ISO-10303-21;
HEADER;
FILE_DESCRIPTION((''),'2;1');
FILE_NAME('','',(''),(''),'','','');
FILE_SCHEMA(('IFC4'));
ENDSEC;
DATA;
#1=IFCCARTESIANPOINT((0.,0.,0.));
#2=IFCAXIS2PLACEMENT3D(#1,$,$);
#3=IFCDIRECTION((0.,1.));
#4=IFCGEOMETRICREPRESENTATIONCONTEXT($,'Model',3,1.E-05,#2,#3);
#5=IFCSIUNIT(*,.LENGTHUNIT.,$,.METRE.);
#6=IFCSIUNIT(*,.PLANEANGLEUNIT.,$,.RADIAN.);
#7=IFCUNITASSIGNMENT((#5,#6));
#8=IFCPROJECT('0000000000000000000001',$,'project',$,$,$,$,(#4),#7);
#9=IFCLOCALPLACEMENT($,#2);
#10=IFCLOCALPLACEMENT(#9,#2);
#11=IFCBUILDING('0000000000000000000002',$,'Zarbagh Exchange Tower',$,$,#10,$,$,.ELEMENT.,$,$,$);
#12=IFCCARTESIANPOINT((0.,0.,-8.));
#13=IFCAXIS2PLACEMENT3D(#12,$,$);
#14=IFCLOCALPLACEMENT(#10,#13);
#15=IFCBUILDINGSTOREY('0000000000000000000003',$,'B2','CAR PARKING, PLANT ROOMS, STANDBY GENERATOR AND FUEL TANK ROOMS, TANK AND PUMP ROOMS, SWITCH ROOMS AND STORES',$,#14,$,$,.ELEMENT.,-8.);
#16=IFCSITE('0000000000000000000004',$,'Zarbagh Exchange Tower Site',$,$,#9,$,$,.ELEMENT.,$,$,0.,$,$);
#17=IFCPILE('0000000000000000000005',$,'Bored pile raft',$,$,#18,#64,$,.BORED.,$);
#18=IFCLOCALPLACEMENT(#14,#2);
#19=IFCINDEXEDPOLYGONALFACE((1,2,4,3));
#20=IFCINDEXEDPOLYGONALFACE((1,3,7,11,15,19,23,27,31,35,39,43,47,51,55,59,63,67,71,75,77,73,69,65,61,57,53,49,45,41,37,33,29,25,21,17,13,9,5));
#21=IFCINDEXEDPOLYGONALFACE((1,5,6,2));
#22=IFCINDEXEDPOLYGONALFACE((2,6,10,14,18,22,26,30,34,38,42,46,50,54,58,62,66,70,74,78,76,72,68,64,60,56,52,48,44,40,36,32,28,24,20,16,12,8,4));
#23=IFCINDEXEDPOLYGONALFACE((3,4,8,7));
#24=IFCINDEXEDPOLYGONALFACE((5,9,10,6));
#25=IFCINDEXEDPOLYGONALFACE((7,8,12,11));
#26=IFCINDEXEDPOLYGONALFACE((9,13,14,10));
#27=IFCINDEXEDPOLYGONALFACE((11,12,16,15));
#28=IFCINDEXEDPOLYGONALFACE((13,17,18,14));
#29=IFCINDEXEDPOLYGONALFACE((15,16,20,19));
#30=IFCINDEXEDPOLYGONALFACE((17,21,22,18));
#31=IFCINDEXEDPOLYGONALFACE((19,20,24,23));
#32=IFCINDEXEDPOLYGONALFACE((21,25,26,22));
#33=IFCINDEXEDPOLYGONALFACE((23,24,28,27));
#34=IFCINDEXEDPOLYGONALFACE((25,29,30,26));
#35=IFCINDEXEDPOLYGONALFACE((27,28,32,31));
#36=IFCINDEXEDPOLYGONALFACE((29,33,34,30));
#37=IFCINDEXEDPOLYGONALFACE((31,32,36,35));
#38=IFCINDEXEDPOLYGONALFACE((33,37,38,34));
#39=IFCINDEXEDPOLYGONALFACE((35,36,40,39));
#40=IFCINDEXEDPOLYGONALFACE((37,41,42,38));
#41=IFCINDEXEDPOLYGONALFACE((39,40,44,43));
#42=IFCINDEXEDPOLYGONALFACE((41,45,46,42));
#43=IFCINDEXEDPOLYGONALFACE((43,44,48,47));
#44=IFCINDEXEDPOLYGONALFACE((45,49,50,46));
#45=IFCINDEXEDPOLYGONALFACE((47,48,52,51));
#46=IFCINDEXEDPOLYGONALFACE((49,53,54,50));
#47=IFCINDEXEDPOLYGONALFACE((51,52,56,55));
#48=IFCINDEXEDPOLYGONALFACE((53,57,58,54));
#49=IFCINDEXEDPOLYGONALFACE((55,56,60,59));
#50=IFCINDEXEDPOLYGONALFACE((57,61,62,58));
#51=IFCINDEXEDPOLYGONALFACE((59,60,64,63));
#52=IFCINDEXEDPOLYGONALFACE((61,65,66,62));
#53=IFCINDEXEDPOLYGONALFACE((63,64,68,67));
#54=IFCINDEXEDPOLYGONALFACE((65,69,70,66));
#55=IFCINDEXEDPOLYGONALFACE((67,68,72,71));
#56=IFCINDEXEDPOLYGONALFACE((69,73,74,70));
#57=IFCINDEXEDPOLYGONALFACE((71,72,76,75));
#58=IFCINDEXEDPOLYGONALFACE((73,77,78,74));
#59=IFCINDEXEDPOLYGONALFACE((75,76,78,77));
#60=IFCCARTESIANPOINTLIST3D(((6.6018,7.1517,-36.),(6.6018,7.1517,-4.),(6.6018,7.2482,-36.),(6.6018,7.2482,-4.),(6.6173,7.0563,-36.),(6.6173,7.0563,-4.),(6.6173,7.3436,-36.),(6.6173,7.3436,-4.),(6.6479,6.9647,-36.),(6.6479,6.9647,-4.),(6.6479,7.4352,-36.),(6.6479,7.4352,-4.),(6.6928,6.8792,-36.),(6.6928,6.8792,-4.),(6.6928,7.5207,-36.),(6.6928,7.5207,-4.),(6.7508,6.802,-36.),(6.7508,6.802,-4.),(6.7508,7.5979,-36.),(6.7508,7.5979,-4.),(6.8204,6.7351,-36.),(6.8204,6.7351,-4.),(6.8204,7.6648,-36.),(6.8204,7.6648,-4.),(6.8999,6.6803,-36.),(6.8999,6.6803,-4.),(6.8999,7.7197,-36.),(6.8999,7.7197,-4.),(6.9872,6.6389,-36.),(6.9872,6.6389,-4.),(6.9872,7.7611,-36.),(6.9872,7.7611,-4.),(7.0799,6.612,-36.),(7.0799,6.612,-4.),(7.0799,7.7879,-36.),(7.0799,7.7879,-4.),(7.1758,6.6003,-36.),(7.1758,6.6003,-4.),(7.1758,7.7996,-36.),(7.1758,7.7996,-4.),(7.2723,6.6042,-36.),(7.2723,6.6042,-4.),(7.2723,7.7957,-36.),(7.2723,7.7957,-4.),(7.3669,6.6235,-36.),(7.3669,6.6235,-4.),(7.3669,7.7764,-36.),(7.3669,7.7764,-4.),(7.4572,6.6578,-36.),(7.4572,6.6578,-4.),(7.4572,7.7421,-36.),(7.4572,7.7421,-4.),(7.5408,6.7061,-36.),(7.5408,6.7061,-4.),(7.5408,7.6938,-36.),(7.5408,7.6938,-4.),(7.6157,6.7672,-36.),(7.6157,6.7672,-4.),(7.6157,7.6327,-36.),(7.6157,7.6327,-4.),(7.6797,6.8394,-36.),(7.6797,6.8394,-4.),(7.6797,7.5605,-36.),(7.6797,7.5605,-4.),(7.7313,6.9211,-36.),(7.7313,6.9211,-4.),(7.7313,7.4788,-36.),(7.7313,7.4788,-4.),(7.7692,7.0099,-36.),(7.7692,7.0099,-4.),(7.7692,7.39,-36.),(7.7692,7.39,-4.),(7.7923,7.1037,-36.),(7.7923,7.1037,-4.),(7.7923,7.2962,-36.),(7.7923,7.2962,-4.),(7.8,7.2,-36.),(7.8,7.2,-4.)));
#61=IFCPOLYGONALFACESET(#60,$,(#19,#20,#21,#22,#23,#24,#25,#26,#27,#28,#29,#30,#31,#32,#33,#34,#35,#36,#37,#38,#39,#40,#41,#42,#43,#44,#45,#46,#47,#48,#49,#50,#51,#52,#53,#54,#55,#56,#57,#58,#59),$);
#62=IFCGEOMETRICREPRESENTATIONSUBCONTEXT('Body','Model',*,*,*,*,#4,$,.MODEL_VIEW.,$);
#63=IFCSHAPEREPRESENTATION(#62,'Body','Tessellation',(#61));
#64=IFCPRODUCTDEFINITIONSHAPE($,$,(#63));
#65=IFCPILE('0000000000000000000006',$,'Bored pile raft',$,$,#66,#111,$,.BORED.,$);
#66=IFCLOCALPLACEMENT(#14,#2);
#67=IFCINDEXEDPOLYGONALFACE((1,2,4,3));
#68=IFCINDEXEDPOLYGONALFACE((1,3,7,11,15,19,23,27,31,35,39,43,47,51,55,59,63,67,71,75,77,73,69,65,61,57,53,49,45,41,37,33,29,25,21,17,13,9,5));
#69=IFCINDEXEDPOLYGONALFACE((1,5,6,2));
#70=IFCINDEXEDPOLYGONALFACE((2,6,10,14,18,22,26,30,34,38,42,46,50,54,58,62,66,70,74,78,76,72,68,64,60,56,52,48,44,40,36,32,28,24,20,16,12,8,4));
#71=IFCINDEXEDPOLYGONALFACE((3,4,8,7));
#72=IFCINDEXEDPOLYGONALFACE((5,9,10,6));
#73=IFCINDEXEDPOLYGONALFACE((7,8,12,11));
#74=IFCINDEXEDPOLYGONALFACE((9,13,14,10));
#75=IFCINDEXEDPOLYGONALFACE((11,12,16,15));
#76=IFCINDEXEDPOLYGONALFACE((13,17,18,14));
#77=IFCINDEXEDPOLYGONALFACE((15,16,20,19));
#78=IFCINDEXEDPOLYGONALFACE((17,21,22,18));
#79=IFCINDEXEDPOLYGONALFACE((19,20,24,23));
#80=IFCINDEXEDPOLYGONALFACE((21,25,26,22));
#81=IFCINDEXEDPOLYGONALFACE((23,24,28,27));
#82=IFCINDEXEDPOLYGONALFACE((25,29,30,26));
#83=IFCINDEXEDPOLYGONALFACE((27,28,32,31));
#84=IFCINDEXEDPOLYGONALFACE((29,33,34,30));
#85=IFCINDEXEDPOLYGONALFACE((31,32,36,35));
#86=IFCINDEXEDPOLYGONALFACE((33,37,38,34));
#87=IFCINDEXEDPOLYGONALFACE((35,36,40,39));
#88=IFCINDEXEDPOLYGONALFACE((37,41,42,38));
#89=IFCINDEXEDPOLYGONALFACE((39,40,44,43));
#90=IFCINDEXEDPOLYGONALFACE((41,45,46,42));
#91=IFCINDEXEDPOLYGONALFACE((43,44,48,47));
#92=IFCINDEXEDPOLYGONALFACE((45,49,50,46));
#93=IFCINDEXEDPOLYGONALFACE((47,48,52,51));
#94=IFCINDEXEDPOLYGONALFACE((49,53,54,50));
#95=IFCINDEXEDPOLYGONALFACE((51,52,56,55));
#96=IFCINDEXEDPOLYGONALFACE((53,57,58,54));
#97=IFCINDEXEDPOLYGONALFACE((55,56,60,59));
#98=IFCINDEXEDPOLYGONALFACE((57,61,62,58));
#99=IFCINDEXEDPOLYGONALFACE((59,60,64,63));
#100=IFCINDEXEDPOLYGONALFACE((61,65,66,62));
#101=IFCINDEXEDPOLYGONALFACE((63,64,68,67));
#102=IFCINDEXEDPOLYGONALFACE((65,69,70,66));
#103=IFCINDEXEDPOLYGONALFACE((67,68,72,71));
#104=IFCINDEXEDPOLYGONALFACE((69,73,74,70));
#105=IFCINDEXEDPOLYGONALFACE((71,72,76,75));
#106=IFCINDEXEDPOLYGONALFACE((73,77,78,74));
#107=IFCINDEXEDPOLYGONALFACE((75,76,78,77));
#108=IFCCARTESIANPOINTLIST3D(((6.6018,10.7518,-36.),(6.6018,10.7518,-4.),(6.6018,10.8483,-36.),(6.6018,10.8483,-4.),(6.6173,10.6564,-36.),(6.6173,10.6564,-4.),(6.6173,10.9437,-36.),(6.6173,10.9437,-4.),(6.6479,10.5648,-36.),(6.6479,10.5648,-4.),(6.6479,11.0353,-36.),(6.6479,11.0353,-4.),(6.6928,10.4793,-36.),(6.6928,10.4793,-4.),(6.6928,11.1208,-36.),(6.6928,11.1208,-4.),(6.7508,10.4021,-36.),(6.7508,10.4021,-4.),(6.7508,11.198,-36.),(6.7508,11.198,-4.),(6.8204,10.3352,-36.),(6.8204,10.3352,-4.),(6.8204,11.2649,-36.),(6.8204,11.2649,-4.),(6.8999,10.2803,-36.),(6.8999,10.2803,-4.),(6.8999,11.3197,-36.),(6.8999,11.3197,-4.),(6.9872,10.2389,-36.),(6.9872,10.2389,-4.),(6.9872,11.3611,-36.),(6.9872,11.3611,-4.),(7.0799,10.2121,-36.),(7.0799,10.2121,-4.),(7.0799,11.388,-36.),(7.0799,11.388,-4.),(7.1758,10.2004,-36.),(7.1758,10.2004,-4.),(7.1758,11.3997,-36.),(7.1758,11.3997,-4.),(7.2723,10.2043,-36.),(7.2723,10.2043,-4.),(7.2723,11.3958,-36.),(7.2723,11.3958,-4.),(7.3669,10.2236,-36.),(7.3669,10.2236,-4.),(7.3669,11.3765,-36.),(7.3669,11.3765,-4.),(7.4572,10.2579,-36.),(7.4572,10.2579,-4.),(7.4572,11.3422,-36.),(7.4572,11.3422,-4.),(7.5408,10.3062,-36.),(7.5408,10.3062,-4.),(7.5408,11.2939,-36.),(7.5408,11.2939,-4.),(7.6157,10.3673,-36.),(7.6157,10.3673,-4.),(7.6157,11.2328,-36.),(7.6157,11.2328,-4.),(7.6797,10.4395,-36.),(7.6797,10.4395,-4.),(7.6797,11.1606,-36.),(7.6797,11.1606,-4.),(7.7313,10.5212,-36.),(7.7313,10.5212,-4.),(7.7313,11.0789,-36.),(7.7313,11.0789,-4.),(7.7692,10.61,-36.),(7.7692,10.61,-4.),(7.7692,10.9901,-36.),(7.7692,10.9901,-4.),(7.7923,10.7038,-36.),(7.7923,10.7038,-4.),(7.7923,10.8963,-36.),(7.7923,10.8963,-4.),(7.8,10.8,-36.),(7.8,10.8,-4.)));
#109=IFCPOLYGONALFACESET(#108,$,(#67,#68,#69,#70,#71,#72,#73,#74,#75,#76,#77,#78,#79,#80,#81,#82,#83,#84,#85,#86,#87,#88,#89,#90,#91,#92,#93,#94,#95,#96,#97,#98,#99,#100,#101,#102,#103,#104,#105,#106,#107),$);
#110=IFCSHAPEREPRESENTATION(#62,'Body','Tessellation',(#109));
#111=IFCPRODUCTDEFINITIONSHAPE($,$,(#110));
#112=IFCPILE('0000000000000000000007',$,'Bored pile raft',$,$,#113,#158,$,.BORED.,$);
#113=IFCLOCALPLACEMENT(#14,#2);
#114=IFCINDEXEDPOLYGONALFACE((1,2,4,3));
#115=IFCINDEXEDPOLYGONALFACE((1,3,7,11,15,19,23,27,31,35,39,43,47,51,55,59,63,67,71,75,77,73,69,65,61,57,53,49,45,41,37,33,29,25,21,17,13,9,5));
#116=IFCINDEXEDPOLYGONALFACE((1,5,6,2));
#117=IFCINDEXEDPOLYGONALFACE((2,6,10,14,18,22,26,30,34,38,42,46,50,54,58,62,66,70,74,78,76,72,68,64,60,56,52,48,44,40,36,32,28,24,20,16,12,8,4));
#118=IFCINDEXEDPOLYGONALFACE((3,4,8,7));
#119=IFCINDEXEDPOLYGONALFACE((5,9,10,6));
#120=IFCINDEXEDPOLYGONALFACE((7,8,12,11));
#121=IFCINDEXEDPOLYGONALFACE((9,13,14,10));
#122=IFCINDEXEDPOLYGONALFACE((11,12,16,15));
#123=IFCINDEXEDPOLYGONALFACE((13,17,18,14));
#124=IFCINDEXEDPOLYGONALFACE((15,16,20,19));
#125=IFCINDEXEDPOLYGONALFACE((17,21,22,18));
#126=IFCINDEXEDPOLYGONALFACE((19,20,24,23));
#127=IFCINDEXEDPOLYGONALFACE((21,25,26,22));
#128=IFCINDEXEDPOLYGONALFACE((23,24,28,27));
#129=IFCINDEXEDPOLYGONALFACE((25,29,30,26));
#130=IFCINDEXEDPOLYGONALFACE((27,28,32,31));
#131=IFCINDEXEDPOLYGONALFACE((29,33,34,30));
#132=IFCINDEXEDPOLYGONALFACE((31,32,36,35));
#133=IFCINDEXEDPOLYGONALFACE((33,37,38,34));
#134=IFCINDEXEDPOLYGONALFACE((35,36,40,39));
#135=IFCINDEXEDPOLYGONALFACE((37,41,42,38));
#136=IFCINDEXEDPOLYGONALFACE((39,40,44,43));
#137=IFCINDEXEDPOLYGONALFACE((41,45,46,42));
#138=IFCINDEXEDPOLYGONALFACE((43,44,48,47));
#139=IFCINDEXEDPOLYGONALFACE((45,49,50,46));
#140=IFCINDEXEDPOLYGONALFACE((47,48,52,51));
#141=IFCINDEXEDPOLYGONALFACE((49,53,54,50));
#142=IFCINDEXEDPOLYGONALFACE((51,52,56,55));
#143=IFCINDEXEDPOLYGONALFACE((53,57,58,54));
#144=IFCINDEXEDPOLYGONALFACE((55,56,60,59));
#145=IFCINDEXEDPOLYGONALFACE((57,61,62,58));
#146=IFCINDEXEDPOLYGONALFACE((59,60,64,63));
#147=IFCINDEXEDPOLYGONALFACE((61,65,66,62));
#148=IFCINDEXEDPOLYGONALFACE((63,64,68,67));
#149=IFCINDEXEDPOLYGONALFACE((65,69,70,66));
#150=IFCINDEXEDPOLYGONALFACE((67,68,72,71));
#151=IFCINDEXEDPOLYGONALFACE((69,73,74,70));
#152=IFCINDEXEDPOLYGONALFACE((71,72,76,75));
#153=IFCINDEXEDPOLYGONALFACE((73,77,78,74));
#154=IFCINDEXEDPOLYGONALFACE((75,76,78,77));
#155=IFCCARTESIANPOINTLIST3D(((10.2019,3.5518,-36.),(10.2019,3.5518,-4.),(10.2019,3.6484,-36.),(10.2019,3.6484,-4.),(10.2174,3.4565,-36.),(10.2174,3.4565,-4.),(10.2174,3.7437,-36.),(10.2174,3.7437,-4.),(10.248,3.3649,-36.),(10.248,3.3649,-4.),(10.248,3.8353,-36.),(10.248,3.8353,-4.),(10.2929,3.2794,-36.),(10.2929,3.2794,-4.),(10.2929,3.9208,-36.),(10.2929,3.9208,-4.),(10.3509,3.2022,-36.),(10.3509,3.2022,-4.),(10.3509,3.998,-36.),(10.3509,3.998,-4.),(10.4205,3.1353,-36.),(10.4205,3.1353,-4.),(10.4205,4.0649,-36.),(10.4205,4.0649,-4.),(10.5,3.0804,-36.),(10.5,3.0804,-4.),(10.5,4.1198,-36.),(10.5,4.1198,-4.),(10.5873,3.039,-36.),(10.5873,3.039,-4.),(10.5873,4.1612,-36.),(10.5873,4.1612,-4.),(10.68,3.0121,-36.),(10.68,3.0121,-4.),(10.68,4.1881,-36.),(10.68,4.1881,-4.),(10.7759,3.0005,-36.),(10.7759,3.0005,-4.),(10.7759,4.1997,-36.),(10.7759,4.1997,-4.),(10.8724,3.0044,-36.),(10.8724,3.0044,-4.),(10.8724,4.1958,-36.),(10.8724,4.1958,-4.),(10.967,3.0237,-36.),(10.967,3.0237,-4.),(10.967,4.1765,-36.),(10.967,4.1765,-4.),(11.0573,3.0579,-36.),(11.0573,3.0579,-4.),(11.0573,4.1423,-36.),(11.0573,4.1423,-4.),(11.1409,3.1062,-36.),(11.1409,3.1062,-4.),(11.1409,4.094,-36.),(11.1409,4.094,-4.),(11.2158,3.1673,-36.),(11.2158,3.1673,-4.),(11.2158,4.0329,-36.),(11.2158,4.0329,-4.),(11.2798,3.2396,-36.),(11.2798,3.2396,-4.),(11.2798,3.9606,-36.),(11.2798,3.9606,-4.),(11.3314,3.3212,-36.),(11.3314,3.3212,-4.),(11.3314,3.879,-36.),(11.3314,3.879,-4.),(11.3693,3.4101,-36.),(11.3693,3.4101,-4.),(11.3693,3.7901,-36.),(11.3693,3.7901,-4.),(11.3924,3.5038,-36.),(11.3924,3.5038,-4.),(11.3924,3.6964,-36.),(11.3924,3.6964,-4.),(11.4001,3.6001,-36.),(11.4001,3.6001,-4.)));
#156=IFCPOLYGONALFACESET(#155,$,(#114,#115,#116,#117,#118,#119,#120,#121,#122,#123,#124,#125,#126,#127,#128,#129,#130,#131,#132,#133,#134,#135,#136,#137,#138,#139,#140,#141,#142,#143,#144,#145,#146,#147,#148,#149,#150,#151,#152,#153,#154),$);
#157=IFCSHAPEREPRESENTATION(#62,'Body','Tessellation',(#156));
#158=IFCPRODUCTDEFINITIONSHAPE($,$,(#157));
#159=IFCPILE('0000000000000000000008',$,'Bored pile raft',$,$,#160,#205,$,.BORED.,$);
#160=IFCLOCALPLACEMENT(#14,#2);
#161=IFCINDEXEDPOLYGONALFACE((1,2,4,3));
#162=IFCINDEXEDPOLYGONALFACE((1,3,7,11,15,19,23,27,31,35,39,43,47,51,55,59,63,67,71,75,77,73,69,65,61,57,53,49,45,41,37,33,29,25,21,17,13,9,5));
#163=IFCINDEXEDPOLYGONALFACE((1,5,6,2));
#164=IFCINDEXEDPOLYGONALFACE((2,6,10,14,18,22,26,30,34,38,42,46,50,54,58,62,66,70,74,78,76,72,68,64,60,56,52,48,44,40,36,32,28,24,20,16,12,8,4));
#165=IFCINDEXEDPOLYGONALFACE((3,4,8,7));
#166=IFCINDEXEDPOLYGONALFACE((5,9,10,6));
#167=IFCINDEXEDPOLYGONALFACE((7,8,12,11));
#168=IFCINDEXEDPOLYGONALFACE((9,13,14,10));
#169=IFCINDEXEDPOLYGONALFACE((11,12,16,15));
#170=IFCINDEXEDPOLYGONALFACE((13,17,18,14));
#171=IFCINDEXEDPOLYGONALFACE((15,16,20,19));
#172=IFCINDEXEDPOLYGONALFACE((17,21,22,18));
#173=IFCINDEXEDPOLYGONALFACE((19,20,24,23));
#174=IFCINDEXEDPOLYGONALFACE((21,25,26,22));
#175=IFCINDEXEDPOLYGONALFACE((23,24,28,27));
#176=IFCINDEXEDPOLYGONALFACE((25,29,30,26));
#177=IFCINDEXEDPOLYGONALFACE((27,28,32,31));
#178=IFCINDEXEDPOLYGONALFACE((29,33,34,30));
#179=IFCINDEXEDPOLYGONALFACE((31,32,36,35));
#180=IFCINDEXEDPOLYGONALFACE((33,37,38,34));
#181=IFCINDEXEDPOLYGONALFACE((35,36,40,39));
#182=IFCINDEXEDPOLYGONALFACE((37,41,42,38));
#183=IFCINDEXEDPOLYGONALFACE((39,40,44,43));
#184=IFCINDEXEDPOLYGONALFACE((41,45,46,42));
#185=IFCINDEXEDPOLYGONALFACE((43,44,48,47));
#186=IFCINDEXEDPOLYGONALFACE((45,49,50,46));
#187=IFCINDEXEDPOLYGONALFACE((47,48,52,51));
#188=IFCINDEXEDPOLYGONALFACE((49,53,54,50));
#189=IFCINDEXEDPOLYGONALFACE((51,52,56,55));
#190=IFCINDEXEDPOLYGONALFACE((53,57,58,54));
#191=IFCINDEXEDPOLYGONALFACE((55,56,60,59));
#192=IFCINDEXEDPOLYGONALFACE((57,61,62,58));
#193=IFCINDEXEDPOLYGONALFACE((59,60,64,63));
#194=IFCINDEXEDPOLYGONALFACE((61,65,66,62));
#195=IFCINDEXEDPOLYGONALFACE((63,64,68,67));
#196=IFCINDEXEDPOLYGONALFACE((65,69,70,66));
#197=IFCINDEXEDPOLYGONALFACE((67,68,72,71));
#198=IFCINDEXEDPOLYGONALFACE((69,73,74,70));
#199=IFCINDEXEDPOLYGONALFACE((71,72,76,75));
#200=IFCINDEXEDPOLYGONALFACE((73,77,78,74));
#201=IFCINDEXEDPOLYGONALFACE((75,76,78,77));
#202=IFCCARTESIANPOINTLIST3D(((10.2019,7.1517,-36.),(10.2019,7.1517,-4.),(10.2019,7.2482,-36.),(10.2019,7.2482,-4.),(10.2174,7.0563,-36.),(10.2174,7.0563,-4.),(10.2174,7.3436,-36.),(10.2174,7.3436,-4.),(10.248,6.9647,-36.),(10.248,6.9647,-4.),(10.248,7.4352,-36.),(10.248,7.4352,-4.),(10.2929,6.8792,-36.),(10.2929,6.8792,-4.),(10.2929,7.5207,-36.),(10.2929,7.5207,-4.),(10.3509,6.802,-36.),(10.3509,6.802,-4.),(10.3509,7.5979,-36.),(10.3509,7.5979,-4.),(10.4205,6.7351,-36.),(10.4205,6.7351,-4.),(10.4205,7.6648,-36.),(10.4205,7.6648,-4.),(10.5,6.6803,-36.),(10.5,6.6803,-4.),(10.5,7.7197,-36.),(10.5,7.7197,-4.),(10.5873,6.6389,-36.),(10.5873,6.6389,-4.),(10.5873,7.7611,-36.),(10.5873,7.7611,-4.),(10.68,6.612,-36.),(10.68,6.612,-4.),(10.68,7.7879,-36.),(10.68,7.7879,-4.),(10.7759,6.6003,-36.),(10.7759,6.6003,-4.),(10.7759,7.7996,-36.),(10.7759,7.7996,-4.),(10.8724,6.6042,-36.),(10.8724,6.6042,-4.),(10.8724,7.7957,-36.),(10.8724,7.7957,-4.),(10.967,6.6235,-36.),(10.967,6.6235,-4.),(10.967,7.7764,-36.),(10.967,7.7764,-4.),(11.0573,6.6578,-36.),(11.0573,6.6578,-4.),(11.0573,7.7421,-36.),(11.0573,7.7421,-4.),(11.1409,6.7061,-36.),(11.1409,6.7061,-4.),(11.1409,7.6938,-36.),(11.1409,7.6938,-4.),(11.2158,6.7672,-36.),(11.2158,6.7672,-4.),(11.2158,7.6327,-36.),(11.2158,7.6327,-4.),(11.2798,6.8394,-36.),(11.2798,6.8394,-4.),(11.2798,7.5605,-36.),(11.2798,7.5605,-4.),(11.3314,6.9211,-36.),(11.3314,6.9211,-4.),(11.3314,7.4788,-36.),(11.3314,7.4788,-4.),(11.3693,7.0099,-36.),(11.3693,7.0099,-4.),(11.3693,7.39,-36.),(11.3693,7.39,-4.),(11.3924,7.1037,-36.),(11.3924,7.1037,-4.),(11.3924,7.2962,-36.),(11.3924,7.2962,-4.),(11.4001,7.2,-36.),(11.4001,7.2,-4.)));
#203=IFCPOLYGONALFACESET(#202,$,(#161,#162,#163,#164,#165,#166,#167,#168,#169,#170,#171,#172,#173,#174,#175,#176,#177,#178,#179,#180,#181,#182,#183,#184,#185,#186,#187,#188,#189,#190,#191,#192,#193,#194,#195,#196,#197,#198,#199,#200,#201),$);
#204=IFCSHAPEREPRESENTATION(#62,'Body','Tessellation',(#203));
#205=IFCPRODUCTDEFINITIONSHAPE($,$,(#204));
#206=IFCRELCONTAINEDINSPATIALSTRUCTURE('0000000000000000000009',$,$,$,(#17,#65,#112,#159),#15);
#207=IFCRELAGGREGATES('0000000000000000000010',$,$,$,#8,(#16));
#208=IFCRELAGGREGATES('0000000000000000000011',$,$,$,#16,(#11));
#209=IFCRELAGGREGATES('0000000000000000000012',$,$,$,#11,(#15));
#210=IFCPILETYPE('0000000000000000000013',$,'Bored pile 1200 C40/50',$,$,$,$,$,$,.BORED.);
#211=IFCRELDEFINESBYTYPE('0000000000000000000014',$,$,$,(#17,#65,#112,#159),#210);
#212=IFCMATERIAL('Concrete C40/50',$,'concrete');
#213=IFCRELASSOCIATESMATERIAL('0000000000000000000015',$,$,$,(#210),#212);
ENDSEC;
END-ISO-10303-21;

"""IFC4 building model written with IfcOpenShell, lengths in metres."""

from ifc_helpers import new_model, si_unit, direction, frame, origin, origin_2d, place, context, subcontext, project, spatial, circle, extrude, material, material_profile, profile_set, type_object, element, save


model = new_model("IFC4")

# Units and contexts
model_context = context("Model", 3, precision=1e-05, world=origin(), true_north=direction((0.0, 1.0)))
body_context = subcontext(model_context, "Body", "Model", "MODEL_VIEW")
ifc_project = project(units=[si_unit("LENGTHUNIT", "METRE"), si_unit("PLANEANGLEUNIT", "RADIAN")], contexts=[model_context])

# Site, building, storey
site_placement = place(None, origin())
site = spatial("IfcSite", under=ifc_project, at=site_placement, Name="Zarbagh Exchange Tower Site", CompositionType="ELEMENT", RefElevation=0.0)
building_placement = place(site_placement, origin())
building = spatial("IfcBuilding", under=site, at=building_placement, Name="Zarbagh Exchange Tower", CompositionType="ELEMENT")
storey_placement = place(building_placement, frame((0.0, 0.0, -8.0)))
storey = spatial("IfcBuildingStorey", under=building, at=storey_placement, Name="B2", Description="CAR PARKING, PLANT ROOMS, STANDBY GENERATOR AND FUEL TANK ROOMS, TANK AND PUMP ROOMS, SWITCH ROOMS AND STORES", CompositionType="ELEMENT", Elevation=-8.0)

# Piles
ifc_material_1 = material(Name="Concrete C40/50", Category="concrete")
ifc_material_profile_1 = material_profile(ifc_material_1, circle(Radius=0.6001, at=origin_2d()), Name="Bored pile 1200 C40/50")
ifc_profile_set_1 = profile_set([ifc_material_profile_1], Name="Concrete C40/50")
pile_type = type_object("IfcPileType", Name="Bored pile 1200 C40/50", PredefinedType="BORED", material=ifc_profile_set_1)
for number, where, z_axis, x_axis, name in (
    (1, (7.2, 7.2, -4.0), (0.0, 0.0, -1.0), (1.0, 0.0, 0.0), "Bored pile raft"),
    (2, (7.2, 10.8, -4.0), (0.0, 0.0, -1.0), (1.0, 0.0, 0.0), "Bored pile raft"),
    (3, (10.8, 3.6001, -4.0), (0.0, 0.0, -1.0), (1.0, 0.0, 0.0), "Bored pile raft"),
    (4, (10.8, 7.2, -4.0), (0.0, 0.0, -1.0), (1.0, 0.0, 0.0), "Bored pile raft"),
):
    element("IfcPile", number, at=place(storey_placement, frame(where, z_axis=z_axis, x_axis=x_axis)), inside=storey, type_object=pile_type, Name=name, PredefinedType="BORED", context=body_context, shape_type="SweptSolid", body=[
        extrude(circle(Radius=0.6001, at=origin_2d()), origin(), (0.0, 0.0, 1.0), 32.0),
    ])

save(model, "model.ifc")
